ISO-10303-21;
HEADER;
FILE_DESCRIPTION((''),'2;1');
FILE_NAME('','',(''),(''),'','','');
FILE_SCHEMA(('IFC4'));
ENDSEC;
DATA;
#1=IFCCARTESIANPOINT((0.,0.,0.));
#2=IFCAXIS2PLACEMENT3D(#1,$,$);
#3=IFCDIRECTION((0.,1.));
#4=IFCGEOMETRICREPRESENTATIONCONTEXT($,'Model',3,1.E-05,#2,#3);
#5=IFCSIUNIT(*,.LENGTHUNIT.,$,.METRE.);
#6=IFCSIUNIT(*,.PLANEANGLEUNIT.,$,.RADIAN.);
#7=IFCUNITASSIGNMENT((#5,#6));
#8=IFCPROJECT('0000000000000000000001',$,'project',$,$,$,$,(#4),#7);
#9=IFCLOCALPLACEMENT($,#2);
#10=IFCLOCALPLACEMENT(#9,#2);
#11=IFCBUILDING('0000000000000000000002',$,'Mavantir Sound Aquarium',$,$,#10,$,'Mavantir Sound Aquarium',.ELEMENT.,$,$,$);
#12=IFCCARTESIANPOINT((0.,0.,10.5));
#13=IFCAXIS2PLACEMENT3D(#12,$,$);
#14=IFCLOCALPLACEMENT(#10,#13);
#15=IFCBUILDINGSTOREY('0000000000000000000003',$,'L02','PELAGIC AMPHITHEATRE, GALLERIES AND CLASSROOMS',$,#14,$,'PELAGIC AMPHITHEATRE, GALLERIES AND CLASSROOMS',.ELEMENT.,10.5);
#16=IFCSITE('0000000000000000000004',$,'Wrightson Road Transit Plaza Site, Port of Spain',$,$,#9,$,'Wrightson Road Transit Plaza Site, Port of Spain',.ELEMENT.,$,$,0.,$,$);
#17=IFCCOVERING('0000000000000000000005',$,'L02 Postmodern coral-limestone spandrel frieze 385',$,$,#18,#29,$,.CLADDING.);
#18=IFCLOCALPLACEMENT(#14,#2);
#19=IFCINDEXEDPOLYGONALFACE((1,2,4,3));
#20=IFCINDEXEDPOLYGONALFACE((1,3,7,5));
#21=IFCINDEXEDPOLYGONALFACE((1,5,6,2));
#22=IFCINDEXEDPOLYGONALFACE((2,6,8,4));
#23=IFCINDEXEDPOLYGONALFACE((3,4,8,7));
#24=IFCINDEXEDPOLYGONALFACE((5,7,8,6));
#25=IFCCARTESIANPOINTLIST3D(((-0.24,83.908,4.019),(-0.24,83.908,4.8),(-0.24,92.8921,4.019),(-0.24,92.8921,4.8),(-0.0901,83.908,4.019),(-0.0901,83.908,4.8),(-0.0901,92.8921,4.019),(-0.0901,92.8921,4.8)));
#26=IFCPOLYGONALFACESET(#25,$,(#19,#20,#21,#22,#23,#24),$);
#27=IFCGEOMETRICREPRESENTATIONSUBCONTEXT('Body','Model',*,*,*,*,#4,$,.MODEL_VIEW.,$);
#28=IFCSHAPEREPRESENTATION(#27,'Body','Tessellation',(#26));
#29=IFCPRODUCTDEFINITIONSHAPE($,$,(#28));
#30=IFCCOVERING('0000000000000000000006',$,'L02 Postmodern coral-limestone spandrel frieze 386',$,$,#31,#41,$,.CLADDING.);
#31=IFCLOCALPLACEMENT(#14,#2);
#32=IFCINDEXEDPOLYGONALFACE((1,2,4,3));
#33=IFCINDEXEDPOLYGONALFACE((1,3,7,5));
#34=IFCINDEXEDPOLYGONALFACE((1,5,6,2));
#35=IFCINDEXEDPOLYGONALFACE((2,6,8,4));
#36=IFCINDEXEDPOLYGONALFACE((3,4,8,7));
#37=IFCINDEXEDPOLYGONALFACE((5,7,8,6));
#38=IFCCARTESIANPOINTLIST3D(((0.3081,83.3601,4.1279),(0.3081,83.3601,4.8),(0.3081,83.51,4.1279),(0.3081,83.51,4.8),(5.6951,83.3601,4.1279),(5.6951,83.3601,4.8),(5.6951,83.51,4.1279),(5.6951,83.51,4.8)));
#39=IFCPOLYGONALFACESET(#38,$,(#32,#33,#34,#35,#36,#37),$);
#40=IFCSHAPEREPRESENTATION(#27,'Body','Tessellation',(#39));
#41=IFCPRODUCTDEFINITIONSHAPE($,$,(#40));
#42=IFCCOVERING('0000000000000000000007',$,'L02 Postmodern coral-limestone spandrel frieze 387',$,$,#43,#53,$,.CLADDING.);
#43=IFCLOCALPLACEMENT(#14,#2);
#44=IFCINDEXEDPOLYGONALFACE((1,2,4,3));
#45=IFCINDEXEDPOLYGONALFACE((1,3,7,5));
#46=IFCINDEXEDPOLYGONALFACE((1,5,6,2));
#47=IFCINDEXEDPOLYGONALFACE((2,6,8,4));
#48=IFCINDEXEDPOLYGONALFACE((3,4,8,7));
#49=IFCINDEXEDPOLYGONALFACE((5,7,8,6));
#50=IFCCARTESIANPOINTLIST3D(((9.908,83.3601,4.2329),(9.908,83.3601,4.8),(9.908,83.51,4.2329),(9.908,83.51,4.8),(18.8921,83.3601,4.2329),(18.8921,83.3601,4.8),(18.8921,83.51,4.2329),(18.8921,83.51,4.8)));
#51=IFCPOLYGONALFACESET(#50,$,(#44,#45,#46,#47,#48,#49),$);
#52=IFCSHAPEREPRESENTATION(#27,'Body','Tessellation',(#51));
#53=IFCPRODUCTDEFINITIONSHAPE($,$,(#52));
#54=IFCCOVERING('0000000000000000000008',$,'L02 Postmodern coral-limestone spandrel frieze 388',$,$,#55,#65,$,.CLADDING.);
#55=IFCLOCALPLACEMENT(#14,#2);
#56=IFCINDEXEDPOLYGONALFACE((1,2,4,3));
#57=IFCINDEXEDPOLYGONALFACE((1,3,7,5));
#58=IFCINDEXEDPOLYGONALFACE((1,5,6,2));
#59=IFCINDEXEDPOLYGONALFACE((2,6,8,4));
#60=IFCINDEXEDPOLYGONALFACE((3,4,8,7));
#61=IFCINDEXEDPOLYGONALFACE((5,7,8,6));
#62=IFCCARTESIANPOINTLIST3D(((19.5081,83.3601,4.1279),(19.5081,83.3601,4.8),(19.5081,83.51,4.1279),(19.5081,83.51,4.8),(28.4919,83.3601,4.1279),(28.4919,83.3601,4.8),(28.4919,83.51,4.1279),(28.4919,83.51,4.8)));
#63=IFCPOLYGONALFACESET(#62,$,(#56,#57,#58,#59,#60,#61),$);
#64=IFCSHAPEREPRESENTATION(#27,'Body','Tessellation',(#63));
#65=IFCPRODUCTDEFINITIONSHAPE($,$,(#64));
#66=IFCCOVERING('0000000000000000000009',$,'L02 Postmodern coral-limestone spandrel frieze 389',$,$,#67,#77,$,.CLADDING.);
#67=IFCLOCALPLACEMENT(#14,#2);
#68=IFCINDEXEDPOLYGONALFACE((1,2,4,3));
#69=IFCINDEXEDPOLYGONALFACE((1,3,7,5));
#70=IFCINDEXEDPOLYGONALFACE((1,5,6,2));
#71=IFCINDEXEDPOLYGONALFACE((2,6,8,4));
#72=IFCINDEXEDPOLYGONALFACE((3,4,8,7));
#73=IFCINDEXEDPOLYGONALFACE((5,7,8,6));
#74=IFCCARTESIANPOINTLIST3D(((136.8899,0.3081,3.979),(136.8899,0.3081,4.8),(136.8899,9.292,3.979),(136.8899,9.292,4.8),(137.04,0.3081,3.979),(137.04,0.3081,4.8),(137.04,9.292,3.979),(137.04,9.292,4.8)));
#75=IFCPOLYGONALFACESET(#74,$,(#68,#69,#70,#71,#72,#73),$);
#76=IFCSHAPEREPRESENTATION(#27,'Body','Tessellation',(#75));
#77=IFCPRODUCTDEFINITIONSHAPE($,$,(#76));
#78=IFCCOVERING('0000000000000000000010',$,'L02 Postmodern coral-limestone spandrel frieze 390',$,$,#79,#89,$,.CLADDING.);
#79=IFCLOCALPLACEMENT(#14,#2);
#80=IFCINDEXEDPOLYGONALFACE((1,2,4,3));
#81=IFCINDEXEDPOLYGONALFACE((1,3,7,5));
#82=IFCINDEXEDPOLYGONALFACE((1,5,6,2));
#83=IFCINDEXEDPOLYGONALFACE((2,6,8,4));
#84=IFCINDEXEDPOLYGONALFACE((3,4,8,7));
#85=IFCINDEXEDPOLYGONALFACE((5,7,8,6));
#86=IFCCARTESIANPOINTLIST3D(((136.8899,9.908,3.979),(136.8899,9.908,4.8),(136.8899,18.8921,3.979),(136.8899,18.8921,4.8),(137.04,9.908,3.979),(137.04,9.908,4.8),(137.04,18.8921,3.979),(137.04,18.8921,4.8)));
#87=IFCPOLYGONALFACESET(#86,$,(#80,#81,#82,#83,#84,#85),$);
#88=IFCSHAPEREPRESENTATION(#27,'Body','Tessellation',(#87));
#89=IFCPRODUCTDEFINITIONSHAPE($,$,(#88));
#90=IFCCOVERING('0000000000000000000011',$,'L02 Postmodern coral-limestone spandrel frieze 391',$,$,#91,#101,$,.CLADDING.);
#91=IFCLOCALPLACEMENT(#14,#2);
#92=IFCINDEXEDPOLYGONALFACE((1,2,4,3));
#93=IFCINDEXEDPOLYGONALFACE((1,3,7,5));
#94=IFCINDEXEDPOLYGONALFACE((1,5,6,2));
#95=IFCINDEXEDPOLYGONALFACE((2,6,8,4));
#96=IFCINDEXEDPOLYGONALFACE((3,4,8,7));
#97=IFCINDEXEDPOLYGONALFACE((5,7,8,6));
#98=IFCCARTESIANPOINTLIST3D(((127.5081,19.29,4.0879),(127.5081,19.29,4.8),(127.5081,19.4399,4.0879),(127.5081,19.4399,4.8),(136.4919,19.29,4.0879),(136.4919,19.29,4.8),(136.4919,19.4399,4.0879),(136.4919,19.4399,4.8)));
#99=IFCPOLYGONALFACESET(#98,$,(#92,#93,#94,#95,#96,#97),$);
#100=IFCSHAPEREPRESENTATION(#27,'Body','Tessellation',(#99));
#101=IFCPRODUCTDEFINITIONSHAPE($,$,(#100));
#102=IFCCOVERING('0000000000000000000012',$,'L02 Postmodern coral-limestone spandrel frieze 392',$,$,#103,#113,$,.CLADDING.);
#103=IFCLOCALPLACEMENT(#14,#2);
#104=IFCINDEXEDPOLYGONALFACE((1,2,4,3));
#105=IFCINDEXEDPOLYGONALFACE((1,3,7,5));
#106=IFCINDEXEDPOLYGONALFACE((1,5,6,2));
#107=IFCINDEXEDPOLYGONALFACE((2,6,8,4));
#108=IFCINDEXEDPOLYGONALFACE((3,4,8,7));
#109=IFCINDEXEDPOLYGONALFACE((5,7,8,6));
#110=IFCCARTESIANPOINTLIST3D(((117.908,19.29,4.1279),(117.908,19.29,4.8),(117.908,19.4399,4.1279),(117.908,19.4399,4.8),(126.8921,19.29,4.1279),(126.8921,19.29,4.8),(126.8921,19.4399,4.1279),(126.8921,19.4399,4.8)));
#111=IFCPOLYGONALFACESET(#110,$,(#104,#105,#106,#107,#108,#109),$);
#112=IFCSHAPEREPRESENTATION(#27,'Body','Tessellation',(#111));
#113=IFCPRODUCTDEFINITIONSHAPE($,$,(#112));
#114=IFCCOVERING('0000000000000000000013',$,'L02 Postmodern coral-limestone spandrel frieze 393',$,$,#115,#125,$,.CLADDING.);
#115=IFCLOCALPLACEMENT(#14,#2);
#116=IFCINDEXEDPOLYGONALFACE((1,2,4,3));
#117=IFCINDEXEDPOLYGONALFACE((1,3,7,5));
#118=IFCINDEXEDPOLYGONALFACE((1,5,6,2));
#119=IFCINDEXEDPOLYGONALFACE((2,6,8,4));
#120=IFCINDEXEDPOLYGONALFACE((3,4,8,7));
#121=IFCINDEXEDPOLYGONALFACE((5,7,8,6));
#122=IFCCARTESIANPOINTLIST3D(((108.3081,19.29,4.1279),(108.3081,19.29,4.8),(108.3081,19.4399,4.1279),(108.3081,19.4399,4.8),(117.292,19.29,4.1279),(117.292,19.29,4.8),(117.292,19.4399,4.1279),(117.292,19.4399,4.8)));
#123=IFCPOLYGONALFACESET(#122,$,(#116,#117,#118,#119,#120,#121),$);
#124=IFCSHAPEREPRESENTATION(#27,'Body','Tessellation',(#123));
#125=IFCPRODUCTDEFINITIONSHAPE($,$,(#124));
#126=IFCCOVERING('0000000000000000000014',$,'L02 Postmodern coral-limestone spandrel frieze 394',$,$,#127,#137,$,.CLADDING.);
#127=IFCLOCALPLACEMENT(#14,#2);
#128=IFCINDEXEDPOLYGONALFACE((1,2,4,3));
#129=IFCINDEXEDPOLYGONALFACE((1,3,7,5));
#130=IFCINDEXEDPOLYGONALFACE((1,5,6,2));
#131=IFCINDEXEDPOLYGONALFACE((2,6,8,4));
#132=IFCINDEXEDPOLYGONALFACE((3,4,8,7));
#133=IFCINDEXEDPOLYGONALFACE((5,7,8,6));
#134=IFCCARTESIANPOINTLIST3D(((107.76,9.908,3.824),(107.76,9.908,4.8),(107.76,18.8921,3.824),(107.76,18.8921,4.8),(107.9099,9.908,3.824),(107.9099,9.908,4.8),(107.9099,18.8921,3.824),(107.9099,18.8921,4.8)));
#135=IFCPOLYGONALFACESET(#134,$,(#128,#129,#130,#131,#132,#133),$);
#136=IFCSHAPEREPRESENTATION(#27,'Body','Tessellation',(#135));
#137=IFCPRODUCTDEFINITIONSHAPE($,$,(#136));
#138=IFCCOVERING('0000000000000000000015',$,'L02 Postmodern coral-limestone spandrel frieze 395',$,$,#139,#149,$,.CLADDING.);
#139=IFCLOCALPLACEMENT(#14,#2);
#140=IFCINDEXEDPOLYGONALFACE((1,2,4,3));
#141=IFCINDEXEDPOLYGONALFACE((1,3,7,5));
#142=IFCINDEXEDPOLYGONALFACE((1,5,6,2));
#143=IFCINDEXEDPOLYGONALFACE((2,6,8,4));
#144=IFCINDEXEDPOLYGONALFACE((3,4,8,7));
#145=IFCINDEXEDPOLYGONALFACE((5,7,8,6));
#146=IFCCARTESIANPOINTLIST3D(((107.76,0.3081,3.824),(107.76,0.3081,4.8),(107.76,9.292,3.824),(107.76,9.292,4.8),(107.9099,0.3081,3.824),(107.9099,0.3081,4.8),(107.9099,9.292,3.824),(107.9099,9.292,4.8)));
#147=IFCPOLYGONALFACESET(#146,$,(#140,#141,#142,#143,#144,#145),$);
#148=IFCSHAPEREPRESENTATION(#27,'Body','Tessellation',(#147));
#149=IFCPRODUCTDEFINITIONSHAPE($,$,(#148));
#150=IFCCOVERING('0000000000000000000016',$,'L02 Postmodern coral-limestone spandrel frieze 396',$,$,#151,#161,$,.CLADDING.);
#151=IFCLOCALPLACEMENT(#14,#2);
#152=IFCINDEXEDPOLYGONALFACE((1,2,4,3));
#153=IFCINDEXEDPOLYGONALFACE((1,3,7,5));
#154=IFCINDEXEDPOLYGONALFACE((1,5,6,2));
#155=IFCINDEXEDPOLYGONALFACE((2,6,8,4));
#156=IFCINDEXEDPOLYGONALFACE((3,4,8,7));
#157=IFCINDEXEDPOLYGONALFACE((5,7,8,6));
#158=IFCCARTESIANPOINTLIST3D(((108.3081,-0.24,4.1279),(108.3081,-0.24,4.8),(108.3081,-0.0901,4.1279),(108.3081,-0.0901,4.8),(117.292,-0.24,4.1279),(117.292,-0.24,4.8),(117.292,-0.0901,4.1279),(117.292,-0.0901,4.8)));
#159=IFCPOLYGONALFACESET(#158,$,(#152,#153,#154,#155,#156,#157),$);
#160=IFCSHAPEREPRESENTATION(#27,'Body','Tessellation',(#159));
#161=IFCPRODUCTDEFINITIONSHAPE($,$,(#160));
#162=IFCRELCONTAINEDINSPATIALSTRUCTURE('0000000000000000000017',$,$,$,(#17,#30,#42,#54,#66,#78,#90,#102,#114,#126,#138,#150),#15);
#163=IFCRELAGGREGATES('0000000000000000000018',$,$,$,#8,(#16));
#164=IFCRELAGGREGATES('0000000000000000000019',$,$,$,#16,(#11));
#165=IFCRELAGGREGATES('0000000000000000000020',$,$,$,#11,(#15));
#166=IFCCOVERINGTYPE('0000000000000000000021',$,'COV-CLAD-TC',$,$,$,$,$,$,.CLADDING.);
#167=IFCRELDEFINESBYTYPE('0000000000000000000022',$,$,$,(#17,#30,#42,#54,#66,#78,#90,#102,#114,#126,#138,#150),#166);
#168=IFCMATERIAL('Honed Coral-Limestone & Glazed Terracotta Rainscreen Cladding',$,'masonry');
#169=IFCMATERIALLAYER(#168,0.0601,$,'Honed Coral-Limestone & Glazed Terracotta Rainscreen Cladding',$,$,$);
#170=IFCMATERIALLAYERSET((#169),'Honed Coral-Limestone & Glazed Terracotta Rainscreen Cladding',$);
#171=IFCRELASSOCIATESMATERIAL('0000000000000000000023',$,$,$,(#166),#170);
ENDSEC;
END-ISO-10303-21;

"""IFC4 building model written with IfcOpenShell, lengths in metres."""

from ifc_helpers import new_model, si_unit, direction, frame, origin, place, context, subcontext, project, spatial, polyline, outline, extrude, material, layer, layer_set, type_object, element, save


model = new_model("IFC4")

# Units and contexts
model_context = context("Model", 3, precision=1e-05, world=origin(), true_north=direction((0.0, 1.0)))
body_context = subcontext(model_context, "Body", "Model", "MODEL_VIEW")
ifc_project = project(units=[si_unit("LENGTHUNIT", "METRE"), si_unit("PLANEANGLEUNIT", "RADIAN")], contexts=[model_context])

# Site, building, storey
site_placement = place(None, origin())
site = spatial("IfcSite", under=ifc_project, at=site_placement, Name="Wrightson Road Transit Plaza Site, Port of Spain", LongName="Wrightson Road Transit Plaza Site, Port of Spain", CompositionType="ELEMENT", RefElevation=0.0)
building_placement = place(site_placement, origin())
building = spatial("IfcBuilding", under=site, at=building_placement, Name="Mavantir Sound Aquarium", LongName="Mavantir Sound Aquarium", CompositionType="ELEMENT")
storey_placement = place(building_placement, frame((0.0, 0.0, 10.5)))
storey = spatial("IfcBuildingStorey", under=building, at=storey_placement, Name="L02", Description="PELAGIC AMPHITHEATRE, GALLERIES AND CLASSROOMS", LongName="PELAGIC AMPHITHEATRE, GALLERIES AND CLASSROOMS", CompositionType="ELEMENT", Elevation=10.5)

# Coverings
ifc_material = material(Name="Honed Coral-Limestone & Glazed Terracotta Rainscreen Cladding", Category="masonry")
ifc_layer = layer(ifc_material, 0.0601, Name="Honed Coral-Limestone & Glazed Terracotta Rainscreen Cladding")
ifc_layer_set = layer_set([ifc_layer], Name="Honed Coral-Limestone & Glazed Terracotta Rainscreen Cladding")
covering_type = type_object("IfcCoveringType", Name="COV-CLAD-TC", PredefinedType="CLADDING", material=ifc_layer_set)
covering_1_placement = place(storey_placement, frame((0.0, 0.0, 4.019)))
element("IfcCovering", 1, at=covering_1_placement, inside=storey, type_object=covering_type, Name="L02 Postmodern coral-limestone spandrel frieze 385", PredefinedType="CLADDING", context=body_context, shape_type="SweptSolid", body=[
    extrude(outline(polyline([(-0.0901, 92.8921), (-0.0901, 83.908), (-0.24, 83.908), (-0.24, 92.8921), (-0.0901, 92.8921)])), origin(), (0.0, 0.0, 1.0), 0.781),
])
covering_2_placement = place(storey_placement, frame((0.0, 0.0, 4.1279)))
element("IfcCovering", 2, at=covering_2_placement, inside=storey, type_object=covering_type, Name="L02 Postmodern coral-limestone spandrel frieze 386", PredefinedType="CLADDING", context=body_context, shape_type="SweptSolid", body=[
    extrude(outline(polyline([(0.3081, 83.51), (5.6951, 83.51), (5.6951, 83.3601), (0.3081, 83.3601), (0.3081, 83.51)])), origin(), (0.0, 0.0, 1.0), 0.6721),
])
covering_3_placement = place(storey_placement, frame((0.0, 0.0, 4.2329)))
element("IfcCovering", 3, at=covering_3_placement, inside=storey, type_object=covering_type, Name="L02 Postmodern coral-limestone spandrel frieze 387", PredefinedType="CLADDING", context=body_context, shape_type="SweptSolid", body=[
    extrude(outline(polyline([(9.908, 83.51), (18.8921, 83.51), (18.8921, 83.3601), (9.908, 83.3601), (9.908, 83.51)])), origin(), (0.0, 0.0, 1.0), 0.5671),
])
covering_4_placement = place(storey_placement, frame((0.0, 0.0, 4.1279)))
element("IfcCovering", 4, at=covering_4_placement, inside=storey, type_object=covering_type, Name="L02 Postmodern coral-limestone spandrel frieze 388", PredefinedType="CLADDING", context=body_context, shape_type="SweptSolid", body=[
    extrude(outline(polyline([(19.5081, 83.51), (28.4919, 83.51), (28.4919, 83.3601), (19.5081, 83.3601), (19.5081, 83.51)])), origin(), (0.0, 0.0, 1.0), 0.6721),
])
covering_5_placement = place(storey_placement, frame((0.0, 0.0, 3.979)))
element("IfcCovering", 5, at=covering_5_placement, inside=storey, type_object=covering_type, Name="L02 Postmodern coral-limestone spandrel frieze 389", PredefinedType="CLADDING", context=body_context, shape_type="SweptSolid", body=[
    extrude(outline(polyline([(136.8899, 0.3081), (136.8899, 9.292), (137.04, 9.292), (137.04, 0.3081), (136.8899, 0.3081)])), origin(), (0.0, 0.0, 1.0), 0.821),
])
covering_6_placement = place(storey_placement, frame((0.0, 0.0, 3.979)))
element("IfcCovering", 6, at=covering_6_placement, inside=storey, type_object=covering_type, Name="L02 Postmodern coral-limestone spandrel frieze 390", PredefinedType="CLADDING", context=body_context, shape_type="SweptSolid", body=[
    extrude(outline(polyline([(136.8899, 9.908), (136.8899, 18.8921), (137.04, 18.8921), (137.04, 9.908), (136.8899, 9.908)])), origin(), (0.0, 0.0, 1.0), 0.821),
])
covering_7_placement = place(storey_placement, frame((0.0, 0.0, 4.0879)))
element("IfcCovering", 7, at=covering_7_placement, inside=storey, type_object=covering_type, Name="L02 Postmodern coral-limestone spandrel frieze 391", PredefinedType="CLADDING", context=body_context, shape_type="SweptSolid", body=[
    extrude(outline(polyline([(136.4919, 19.29), (127.5081, 19.29), (127.5081, 19.4399), (136.4919, 19.4399), (136.4919, 19.29)])), origin(), (0.0, 0.0, 1.0), 0.7122),
])
covering_8_placement = place(storey_placement, frame((0.0, 0.0, 4.1279)))
element("IfcCovering", 8, at=covering_8_placement, inside=storey, type_object=covering_type, Name="L02 Postmodern coral-limestone spandrel frieze 392", PredefinedType="CLADDING", context=body_context, shape_type="SweptSolid", body=[
    extrude(outline(polyline([(126.8921, 19.29), (117.908, 19.29), (117.908, 19.4399), (126.8921, 19.4399), (126.8921, 19.29)])), origin(), (0.0, 0.0, 1.0), 0.6721),
])
covering_9_placement = place(storey_placement, frame((0.0, 0.0, 4.1279)))
element("IfcCovering", 9, at=covering_9_placement, inside=storey, type_object=covering_type, Name="L02 Postmodern coral-limestone spandrel frieze 393", PredefinedType="CLADDING", context=body_context, shape_type="SweptSolid", body=[
    extrude(outline(polyline([(117.292, 19.29), (108.3081, 19.29), (108.3081, 19.4399), (117.292, 19.4399), (117.292, 19.29)])), origin(), (0.0, 0.0, 1.0), 0.6721),
])
covering_10_placement = place(storey_placement, frame((0.0, 0.0, 3.824)))
element("IfcCovering", 10, at=covering_10_placement, inside=storey, type_object=covering_type, Name="L02 Postmodern coral-limestone spandrel frieze 394", PredefinedType="CLADDING", context=body_context, shape_type="SweptSolid", body=[
    extrude(outline(polyline([(107.9099, 18.8921), (107.9099, 9.908), (107.76, 9.908), (107.76, 18.8921), (107.9099, 18.8921)])), origin(), (0.0, 0.0, 1.0), 0.9761),
])
covering_11_placement = place(storey_placement, frame((0.0, 0.0, 3.824)))
element("IfcCovering", 11, at=covering_11_placement, inside=storey, type_object=covering_type, Name="L02 Postmodern coral-limestone spandrel frieze 395", PredefinedType="CLADDING", context=body_context, shape_type="SweptSolid", body=[
    extrude(outline(polyline([(107.9099, 9.292), (107.9099, 0.3081), (107.76, 0.3081), (107.76, 9.292), (107.9099, 9.292)])), origin(), (0.0, 0.0, 1.0), 0.9761),
])
covering_12_placement = place(storey_placement, frame((0.0, 0.0, 4.1279)))
element("IfcCovering", 12, at=covering_12_placement, inside=storey, type_object=covering_type, Name="L02 Postmodern coral-limestone spandrel frieze 396", PredefinedType="CLADDING", context=body_context, shape_type="SweptSolid", body=[
    extrude(outline(polyline([(108.3081, -0.0901), (117.292, -0.0901), (117.292, -0.24), (108.3081, -0.24), (108.3081, -0.0901)])), origin(), (0.0, 0.0, 1.0), 0.6721),
])

save(model, "model.ifc")
